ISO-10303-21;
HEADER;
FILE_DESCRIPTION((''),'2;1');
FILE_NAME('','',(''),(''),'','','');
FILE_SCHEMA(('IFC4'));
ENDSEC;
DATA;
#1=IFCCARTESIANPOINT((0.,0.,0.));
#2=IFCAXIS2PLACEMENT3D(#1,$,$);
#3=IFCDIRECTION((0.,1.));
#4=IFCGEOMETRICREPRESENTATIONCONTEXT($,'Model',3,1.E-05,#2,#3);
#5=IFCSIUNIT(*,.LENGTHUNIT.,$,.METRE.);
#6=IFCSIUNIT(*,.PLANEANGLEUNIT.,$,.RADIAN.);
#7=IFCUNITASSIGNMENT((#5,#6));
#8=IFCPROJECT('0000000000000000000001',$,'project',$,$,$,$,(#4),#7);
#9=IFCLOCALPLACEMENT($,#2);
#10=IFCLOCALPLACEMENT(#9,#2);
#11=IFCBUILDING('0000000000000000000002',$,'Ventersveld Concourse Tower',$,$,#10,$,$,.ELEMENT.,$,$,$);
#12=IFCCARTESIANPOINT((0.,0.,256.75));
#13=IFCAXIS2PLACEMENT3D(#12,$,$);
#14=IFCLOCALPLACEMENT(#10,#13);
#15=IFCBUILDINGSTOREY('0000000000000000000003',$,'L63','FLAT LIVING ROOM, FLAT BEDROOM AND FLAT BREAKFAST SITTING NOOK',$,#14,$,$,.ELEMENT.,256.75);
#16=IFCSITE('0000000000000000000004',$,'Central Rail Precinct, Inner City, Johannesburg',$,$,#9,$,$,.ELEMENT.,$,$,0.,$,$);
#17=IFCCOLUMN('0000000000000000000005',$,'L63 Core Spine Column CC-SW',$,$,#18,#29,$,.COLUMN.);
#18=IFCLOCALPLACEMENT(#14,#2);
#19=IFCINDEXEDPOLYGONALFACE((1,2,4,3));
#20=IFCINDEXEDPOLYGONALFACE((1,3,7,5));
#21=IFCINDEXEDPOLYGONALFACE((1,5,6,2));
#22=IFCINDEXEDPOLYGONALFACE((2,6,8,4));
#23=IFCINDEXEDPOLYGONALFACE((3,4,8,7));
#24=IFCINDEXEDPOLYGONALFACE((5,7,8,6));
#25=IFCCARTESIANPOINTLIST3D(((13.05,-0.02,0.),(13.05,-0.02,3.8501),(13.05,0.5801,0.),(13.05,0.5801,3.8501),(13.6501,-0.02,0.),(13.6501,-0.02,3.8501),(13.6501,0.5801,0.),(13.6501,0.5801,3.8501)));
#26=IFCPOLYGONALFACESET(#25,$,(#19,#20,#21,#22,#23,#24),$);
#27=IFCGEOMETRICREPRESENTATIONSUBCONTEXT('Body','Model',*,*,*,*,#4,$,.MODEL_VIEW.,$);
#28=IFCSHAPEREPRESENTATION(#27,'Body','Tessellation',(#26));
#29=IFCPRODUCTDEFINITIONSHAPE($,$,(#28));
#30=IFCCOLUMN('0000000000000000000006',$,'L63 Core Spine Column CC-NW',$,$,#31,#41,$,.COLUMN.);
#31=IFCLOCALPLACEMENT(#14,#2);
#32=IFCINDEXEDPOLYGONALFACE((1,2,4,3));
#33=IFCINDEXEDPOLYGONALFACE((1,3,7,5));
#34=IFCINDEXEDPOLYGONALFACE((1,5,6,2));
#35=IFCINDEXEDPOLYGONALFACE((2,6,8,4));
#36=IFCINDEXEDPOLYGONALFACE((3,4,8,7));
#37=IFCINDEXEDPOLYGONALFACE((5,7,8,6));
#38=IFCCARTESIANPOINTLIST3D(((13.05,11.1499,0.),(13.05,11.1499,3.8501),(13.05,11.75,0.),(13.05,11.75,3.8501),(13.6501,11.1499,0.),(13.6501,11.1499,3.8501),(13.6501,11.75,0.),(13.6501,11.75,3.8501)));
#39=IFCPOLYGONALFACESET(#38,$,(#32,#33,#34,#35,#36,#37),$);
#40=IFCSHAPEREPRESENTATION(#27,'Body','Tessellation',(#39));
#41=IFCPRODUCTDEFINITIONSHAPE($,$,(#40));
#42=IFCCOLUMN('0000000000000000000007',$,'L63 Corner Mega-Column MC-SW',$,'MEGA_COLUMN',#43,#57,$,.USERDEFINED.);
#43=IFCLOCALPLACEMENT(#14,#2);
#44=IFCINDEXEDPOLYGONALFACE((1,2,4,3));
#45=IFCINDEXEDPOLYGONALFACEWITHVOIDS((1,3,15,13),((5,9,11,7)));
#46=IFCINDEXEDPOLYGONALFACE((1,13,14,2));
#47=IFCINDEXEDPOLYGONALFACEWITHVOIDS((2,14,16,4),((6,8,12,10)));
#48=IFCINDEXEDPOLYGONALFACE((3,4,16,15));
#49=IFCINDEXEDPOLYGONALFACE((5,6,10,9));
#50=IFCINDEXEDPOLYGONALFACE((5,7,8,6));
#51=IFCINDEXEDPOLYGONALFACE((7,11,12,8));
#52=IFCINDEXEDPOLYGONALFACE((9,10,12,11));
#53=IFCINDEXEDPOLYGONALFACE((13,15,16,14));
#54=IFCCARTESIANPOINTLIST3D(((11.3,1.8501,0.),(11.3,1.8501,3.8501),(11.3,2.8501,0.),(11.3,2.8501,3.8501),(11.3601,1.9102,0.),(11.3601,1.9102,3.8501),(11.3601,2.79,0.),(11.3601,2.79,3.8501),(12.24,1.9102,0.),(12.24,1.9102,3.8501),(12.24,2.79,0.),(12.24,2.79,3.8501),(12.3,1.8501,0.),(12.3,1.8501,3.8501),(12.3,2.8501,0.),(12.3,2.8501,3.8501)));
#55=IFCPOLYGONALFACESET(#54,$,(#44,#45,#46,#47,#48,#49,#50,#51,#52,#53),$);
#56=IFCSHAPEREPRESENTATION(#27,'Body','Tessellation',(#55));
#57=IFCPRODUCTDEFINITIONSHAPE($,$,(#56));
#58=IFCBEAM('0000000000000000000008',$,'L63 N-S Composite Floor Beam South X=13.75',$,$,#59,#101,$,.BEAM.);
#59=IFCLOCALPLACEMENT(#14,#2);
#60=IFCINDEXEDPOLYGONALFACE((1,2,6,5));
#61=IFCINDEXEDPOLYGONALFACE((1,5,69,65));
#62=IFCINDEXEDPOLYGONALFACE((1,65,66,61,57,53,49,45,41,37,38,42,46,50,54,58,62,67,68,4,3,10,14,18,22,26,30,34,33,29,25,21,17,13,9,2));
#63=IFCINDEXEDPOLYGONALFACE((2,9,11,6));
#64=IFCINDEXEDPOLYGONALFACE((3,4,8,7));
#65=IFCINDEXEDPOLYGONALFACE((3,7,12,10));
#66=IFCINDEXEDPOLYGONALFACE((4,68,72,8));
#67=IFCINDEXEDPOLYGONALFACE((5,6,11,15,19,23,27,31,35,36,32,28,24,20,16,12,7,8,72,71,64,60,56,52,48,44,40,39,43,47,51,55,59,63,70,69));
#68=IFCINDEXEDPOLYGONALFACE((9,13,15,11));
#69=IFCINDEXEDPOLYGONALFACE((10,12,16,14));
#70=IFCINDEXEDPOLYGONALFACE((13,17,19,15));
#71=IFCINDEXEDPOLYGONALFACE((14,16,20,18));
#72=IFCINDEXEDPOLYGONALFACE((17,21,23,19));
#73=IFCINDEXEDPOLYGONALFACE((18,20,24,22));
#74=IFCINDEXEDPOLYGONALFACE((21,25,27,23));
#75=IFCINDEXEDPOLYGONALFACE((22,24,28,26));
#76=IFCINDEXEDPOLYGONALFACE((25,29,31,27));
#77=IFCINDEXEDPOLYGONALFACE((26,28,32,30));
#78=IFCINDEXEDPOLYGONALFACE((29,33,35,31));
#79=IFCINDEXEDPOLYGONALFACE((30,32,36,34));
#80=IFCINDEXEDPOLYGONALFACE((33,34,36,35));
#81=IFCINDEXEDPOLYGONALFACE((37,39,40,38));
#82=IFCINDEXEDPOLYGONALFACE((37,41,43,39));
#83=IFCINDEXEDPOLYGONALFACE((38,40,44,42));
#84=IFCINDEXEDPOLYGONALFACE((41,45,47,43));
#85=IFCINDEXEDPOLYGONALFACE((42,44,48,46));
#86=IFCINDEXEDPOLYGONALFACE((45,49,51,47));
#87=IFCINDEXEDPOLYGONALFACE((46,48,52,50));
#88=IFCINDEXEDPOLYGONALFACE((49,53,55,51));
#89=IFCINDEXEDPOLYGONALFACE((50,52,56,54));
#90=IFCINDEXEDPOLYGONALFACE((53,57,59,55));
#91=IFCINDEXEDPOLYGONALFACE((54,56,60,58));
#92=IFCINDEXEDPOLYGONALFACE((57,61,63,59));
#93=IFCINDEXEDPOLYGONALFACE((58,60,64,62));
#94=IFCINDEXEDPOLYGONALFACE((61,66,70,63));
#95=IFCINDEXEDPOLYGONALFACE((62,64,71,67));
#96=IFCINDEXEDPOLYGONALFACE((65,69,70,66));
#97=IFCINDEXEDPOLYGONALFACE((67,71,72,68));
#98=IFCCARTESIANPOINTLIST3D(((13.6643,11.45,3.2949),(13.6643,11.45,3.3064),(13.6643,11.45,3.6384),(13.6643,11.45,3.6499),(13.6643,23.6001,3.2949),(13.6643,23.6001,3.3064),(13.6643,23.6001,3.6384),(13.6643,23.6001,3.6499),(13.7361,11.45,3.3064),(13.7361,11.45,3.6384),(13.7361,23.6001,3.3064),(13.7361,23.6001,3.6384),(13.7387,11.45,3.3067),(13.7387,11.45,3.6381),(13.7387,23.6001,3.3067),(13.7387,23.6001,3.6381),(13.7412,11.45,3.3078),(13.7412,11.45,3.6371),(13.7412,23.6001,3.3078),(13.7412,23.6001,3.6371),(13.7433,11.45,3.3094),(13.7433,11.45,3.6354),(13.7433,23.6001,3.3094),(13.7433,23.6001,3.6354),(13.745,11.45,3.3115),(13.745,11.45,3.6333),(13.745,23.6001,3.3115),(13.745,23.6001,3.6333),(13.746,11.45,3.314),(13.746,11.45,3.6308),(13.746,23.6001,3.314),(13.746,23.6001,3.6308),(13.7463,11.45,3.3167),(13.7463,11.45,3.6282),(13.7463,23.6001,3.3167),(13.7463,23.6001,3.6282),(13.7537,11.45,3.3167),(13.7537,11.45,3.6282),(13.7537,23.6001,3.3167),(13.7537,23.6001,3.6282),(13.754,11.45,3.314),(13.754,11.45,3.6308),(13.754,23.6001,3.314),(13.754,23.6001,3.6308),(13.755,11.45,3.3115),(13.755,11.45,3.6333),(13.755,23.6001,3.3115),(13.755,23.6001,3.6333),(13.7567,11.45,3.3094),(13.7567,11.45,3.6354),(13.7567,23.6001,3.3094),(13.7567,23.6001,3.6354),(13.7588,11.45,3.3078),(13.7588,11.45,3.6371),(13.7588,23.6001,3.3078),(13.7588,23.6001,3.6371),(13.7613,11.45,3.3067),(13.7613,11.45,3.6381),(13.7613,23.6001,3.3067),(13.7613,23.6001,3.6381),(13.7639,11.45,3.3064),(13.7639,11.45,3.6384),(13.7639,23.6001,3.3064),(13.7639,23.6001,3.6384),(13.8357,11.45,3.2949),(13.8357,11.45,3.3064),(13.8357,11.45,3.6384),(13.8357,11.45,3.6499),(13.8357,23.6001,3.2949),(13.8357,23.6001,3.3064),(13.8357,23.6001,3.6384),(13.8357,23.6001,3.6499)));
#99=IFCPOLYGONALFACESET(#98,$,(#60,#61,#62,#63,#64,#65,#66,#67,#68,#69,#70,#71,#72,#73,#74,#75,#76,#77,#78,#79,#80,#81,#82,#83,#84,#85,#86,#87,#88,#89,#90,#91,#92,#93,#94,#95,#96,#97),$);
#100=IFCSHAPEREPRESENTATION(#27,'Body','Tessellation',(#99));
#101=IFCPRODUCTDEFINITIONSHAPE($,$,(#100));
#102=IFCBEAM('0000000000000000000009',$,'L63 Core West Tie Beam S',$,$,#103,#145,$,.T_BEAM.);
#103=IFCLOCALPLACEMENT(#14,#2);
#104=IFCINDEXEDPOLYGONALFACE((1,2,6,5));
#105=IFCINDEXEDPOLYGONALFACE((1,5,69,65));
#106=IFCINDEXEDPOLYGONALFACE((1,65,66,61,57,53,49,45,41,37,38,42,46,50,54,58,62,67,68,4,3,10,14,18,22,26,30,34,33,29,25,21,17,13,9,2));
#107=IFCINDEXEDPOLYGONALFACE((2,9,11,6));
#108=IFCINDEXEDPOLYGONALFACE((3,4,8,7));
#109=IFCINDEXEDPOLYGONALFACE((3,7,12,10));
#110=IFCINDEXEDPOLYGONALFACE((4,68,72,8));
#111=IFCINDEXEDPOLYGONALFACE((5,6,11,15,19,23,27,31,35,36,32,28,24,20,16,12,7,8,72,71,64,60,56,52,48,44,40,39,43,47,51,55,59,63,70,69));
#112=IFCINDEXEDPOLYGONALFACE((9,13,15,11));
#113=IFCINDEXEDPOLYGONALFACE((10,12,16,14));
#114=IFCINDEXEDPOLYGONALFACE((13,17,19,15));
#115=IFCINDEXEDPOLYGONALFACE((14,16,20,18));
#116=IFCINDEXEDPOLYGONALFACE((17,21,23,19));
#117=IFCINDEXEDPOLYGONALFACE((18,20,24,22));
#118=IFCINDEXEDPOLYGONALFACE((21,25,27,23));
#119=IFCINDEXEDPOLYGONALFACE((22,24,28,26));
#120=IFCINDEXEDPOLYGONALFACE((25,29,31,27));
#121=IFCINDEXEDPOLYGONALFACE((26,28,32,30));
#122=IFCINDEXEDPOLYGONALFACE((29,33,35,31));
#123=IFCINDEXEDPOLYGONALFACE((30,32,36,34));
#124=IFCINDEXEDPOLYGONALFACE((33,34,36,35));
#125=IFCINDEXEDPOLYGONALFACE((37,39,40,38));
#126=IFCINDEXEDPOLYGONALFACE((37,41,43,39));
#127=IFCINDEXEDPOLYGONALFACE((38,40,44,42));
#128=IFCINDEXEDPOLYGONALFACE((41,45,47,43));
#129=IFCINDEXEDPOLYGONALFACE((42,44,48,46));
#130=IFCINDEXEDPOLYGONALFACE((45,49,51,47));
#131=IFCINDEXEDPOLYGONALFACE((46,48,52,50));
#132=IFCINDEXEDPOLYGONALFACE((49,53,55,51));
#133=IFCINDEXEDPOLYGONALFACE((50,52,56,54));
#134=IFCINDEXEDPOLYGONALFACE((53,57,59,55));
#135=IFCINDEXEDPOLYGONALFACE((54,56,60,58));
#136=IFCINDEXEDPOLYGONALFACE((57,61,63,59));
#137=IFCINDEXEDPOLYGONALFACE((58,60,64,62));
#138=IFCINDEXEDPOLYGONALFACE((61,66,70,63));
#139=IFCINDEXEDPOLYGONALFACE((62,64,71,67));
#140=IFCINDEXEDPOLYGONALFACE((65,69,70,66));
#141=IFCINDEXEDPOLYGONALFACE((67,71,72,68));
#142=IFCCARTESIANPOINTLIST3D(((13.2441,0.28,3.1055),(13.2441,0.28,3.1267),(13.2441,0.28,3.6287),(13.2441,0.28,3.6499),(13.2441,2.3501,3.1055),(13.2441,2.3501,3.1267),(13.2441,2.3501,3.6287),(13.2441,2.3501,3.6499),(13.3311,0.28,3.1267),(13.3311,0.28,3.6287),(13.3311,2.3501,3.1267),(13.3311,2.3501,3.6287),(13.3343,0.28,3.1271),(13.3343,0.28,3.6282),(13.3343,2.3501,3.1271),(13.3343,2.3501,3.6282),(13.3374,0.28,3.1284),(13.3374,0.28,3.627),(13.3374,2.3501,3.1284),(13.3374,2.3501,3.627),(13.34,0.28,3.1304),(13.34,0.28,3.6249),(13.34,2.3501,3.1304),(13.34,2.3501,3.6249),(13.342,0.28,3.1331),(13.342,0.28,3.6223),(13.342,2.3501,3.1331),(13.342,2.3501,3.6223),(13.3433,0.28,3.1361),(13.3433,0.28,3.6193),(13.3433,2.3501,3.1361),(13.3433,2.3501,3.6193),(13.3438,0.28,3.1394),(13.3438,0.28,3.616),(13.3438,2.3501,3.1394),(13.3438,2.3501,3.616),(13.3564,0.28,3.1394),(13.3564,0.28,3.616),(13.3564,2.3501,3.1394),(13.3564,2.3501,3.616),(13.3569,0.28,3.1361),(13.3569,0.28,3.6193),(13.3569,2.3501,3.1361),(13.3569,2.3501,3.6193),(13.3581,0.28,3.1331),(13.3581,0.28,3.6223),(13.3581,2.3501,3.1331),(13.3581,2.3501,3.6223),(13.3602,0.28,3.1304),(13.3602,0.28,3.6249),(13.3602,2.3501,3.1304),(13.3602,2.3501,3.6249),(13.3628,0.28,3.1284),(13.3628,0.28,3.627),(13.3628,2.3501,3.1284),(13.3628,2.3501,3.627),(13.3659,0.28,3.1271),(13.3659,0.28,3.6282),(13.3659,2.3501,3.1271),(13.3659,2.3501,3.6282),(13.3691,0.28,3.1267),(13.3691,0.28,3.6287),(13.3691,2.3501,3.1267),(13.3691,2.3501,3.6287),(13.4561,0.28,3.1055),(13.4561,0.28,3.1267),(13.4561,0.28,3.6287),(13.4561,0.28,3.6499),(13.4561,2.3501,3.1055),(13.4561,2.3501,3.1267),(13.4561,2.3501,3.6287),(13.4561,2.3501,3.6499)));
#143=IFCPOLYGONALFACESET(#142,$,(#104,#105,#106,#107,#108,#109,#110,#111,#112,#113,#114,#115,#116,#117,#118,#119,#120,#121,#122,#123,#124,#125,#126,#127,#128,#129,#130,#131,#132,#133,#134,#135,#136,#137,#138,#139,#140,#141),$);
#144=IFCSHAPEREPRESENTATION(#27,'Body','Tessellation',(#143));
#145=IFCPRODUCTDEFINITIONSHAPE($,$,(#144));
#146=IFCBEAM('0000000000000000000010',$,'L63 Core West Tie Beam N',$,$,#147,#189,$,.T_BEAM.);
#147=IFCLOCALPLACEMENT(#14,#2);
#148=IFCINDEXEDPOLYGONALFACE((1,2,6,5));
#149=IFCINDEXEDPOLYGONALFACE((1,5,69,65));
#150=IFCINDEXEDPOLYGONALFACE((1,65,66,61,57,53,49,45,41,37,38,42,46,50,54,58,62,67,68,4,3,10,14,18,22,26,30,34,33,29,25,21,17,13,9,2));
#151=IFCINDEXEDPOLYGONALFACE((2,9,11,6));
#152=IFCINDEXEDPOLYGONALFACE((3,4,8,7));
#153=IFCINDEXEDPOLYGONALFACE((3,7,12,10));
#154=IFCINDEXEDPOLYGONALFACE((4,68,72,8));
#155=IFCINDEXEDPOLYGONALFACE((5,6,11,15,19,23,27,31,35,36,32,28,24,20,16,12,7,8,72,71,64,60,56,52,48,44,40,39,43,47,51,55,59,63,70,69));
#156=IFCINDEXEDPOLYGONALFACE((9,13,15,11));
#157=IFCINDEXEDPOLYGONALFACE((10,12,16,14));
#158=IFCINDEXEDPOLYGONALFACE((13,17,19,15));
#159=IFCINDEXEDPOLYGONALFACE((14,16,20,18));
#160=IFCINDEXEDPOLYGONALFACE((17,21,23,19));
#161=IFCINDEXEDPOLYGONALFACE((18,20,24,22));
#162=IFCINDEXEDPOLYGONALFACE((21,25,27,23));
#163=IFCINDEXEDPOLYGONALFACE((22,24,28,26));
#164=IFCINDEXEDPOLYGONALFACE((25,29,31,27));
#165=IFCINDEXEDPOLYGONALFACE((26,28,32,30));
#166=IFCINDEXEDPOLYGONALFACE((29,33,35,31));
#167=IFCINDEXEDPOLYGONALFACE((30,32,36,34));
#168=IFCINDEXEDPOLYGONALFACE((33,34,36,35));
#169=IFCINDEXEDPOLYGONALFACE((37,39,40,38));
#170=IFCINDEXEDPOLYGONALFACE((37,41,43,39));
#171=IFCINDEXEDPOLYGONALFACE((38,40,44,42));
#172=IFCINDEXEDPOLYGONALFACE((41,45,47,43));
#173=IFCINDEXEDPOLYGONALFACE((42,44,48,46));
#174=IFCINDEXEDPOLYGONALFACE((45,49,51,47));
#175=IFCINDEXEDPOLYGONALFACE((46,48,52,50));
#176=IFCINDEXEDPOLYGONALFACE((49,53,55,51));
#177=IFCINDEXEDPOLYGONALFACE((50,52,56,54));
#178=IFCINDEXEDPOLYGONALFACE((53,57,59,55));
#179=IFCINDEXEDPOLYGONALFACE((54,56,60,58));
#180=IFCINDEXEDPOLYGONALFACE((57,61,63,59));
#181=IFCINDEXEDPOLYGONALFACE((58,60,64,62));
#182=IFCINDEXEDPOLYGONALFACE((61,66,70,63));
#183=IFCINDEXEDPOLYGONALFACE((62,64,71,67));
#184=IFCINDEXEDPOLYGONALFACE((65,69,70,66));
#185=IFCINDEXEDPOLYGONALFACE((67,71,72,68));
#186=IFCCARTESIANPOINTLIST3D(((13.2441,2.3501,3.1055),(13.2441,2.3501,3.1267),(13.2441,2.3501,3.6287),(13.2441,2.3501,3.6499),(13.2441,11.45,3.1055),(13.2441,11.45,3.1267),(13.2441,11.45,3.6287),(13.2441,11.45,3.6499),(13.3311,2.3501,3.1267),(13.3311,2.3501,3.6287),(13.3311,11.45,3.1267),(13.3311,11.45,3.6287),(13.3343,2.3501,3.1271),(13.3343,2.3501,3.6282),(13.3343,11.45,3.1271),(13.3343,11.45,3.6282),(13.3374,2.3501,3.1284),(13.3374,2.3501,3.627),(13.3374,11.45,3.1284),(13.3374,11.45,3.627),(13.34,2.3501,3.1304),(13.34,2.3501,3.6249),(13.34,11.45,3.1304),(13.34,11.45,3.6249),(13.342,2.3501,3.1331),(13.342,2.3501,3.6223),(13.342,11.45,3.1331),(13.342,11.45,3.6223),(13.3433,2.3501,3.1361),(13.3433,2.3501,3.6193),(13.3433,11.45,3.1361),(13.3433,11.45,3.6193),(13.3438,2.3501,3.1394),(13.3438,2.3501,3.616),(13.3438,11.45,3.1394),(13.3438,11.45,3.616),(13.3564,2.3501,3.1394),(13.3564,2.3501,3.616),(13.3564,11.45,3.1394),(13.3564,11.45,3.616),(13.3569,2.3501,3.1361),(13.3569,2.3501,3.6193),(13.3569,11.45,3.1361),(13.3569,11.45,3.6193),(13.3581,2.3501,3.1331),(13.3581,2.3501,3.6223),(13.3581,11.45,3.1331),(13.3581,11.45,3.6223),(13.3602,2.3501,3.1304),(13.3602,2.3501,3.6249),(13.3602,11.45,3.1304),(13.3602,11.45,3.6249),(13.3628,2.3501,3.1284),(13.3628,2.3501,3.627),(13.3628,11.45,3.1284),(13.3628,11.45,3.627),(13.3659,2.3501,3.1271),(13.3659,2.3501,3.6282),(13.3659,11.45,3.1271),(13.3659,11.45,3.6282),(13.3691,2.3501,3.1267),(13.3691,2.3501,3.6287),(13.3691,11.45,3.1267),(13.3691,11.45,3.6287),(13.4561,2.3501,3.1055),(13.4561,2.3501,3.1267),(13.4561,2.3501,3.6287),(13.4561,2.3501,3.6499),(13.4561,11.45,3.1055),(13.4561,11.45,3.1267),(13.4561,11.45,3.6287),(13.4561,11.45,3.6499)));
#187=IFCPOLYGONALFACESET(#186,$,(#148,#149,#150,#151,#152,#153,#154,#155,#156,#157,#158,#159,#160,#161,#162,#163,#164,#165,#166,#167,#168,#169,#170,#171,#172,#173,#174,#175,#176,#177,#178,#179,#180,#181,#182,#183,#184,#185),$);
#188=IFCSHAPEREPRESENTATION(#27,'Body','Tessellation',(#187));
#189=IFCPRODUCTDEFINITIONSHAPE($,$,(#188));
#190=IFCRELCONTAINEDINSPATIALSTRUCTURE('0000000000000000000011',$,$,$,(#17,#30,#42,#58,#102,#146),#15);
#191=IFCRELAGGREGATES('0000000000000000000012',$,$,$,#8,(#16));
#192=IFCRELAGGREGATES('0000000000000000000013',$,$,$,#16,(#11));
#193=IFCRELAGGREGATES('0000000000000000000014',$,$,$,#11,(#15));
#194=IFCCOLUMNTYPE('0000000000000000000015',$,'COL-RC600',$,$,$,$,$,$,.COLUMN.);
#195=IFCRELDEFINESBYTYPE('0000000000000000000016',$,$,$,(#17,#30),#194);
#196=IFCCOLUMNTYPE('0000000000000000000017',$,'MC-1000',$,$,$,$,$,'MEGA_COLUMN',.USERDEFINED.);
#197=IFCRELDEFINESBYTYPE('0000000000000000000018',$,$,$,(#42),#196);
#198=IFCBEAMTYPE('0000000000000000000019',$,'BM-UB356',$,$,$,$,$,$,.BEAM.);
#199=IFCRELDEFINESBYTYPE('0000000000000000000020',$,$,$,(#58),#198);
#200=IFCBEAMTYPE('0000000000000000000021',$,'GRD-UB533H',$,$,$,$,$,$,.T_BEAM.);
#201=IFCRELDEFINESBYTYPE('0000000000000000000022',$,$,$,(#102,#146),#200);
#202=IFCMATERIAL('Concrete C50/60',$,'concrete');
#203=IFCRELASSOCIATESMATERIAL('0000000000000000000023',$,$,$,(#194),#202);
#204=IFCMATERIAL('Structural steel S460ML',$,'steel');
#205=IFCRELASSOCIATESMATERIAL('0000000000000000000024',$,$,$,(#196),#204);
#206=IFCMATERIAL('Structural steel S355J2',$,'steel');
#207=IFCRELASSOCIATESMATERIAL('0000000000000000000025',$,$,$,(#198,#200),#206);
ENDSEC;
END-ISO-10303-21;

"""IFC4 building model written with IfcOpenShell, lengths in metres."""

from ifc_helpers import new_model, si_unit, direction, frame, origin, origin_2d, place, context, subcontext, project, spatial, rectangle, hollow_rectangle, i_section, extrude, material, material_profile, profile_set, type_object, element, save


model = new_model("IFC4")

# Units and contexts
model_context = context("Model", 3, precision=1e-05, world=origin(), true_north=direction((0.0, 1.0)))
body_context = subcontext(model_context, "Body", "Model", "MODEL_VIEW")
ifc_project = project(units=[si_unit("LENGTHUNIT", "METRE"), si_unit("PLANEANGLEUNIT", "RADIAN")], contexts=[model_context])

# Site, building, storey
site_placement = place(None, origin())
site = spatial("IfcSite", under=ifc_project, at=site_placement, Name="Central Rail Precinct, Inner City, Johannesburg", CompositionType="ELEMENT", RefElevation=0.0)
building_placement = place(site_placement, origin())
building = spatial("IfcBuilding", under=site, at=building_placement, Name="Ventersveld Concourse Tower", CompositionType="ELEMENT")
storey_placement = place(building_placement, frame((0.0, 0.0, 256.75)))
storey = spatial("IfcBuildingStorey", under=building, at=storey_placement, Name="L63", Description="FLAT LIVING ROOM, FLAT BEDROOM AND FLAT BREAKFAST SITTING NOOK", CompositionType="ELEMENT", Elevation=256.75)

# Columns
ifc_material_1 = material(Name="Concrete C50/60", Category="concrete")
ifc_material_profile_1 = material_profile(ifc_material_1, rectangle(XDim=0.6001, YDim=0.6001, at=origin_2d()), Name="RC 600x600")
ifc_profile_set_1 = profile_set([ifc_material_profile_1], Name="Concrete C50/60")
column_type_1 = type_object("IfcColumnType", Name="COL-RC600", PredefinedType="COLUMN", material=ifc_profile_set_1)
for number, where, z_axis, x_axis, name in (
    (1, (13.3501, 0.28, 0.0), (0.0, 0.0, 1.0), (1.0, 0.0, 0.0), "L63 Core Spine Column CC-SW"),
    (2, (13.3501, 11.45, 0.0), (0.0, 0.0, 1.0), (1.0, 0.0, 0.0), "L63 Core Spine Column CC-NW"),
):
    element("IfcColumn", number, at=place(storey_placement, frame(where, z_axis=z_axis, x_axis=x_axis)), inside=storey, type_object=column_type_1, Name=name, PredefinedType="COLUMN", context=body_context, shape_type="SweptSolid", body=[
        extrude(rectangle(XDim=0.6001, YDim=0.6001, at=origin_2d()), origin(), (0.0, 0.0, 1.0), 3.8501),
    ])
ifc_material_2 = material(Name="Structural steel S460ML", Category="steel")
ifc_material_profile_2 = material_profile(ifc_material_2, hollow_rectangle(XDim=1.0, YDim=1.0, WallThickness=0.0601, at=origin_2d()), Name="BOX 1000x1000x60")
ifc_profile_set_2 = profile_set([ifc_material_profile_2], Name="Structural steel S460ML")
column_type_2 = type_object("IfcColumnType", Name="MC-1000", ElementType="MEGA_COLUMN", PredefinedType="USERDEFINED", material=ifc_profile_set_2)
column_placement = place(storey_placement, frame((11.8, 2.3501, 0.0), z_axis=(0.0, 0.0, 1.0), x_axis=(1.0, 0.0, 0.0)))
element("IfcColumn", 3, at=column_placement, inside=storey, type_object=column_type_2, Name="L63 Corner Mega-Column MC-SW", ObjectType="MEGA_COLUMN", PredefinedType="USERDEFINED", context=body_context, shape_type="SweptSolid", body=[
    extrude(hollow_rectangle(XDim=1.0, YDim=1.0, WallThickness=0.0601, at=origin_2d()), origin(), (0.0, 0.0, 1.0), 3.8501),
])

# Beams
ifc_material_3 = material(Name="Structural steel S355J2", Category="steel")
ifc_material_profile_3 = material_profile(ifc_material_3, i_section(OverallWidth=0.1714, OverallDepth=0.355, WebThickness=0.0073, FlangeThickness=0.0115, FilletRadius=0.0103, at=origin_2d()), Name="UB 356x171x51")
ifc_profile_set_3 = profile_set([ifc_material_profile_3], Name="Structural steel S355J2")
beam_type_1 = type_object("IfcBeamType", Name="BM-UB356", PredefinedType="BEAM", material=ifc_profile_set_3)
beam_1_placement = place(storey_placement, frame((13.75, 11.45, 3.4724), z_axis=(0.0, 1.0, 0.0), x_axis=(-1.0, 0.0, 0.0)))
element("IfcBeam", 4, at=beam_1_placement, inside=storey, type_object=beam_type_1, Name="L63 N-S Composite Floor Beam South X=13.75", PredefinedType="BEAM", context=body_context, shape_type="SweptSolid", body=[
    extrude(i_section(OverallWidth=0.1714, OverallDepth=0.355, WebThickness=0.0073, FlangeThickness=0.0115, FilletRadius=0.0103, at=origin_2d()), origin(), (0.0, 0.0, 1.0), 12.1501),
])
ifc_material_profile_4 = material_profile(ifc_material_3, i_section(OverallWidth=0.2119, OverallDepth=0.5444, WebThickness=0.0127, FlangeThickness=0.0212, FilletRadius=0.0127, at=origin_2d()), Name="UB 533x210x122")
ifc_profile_set_4 = profile_set([ifc_material_profile_4], Name="Structural steel S355J2")
beam_type_2 = type_object("IfcBeamType", Name="GRD-UB533H", PredefinedType="T_BEAM", material=ifc_profile_set_4)
beam_2_placement = place(storey_placement, frame((13.3501, 0.28, 3.3777), z_axis=(0.0, 1.0, 0.0), x_axis=(-1.0, 0.0, 0.0)))
element("IfcBeam", 5, at=beam_2_placement, inside=storey, type_object=beam_type_2, Name="L63 Core West Tie Beam S", PredefinedType="T_BEAM", context=body_context, shape_type="SweptSolid", body=[
    extrude(i_section(OverallWidth=0.2119, OverallDepth=0.5444, WebThickness=0.0127, FlangeThickness=0.0212, FilletRadius=0.0127, at=origin_2d()), origin(), (0.0, 0.0, 1.0), 2.0701),
])
beam_3_placement = place(storey_placement, frame((13.3501, 2.3501, 3.3777), z_axis=(0.0, 1.0, 0.0), x_axis=(-1.0, 0.0, 0.0)))
element("IfcBeam", 6, at=beam_3_placement, inside=storey, type_object=beam_type_2, Name="L63 Core West Tie Beam N", PredefinedType="T_BEAM", context=body_context, shape_type="SweptSolid", body=[
    extrude(i_section(OverallWidth=0.2119, OverallDepth=0.5444, WebThickness=0.0127, FlangeThickness=0.0212, FilletRadius=0.0127, at=origin_2d()), origin(), (0.0, 0.0, 1.0), 9.0999),
])

save(model, "model.ifc")
